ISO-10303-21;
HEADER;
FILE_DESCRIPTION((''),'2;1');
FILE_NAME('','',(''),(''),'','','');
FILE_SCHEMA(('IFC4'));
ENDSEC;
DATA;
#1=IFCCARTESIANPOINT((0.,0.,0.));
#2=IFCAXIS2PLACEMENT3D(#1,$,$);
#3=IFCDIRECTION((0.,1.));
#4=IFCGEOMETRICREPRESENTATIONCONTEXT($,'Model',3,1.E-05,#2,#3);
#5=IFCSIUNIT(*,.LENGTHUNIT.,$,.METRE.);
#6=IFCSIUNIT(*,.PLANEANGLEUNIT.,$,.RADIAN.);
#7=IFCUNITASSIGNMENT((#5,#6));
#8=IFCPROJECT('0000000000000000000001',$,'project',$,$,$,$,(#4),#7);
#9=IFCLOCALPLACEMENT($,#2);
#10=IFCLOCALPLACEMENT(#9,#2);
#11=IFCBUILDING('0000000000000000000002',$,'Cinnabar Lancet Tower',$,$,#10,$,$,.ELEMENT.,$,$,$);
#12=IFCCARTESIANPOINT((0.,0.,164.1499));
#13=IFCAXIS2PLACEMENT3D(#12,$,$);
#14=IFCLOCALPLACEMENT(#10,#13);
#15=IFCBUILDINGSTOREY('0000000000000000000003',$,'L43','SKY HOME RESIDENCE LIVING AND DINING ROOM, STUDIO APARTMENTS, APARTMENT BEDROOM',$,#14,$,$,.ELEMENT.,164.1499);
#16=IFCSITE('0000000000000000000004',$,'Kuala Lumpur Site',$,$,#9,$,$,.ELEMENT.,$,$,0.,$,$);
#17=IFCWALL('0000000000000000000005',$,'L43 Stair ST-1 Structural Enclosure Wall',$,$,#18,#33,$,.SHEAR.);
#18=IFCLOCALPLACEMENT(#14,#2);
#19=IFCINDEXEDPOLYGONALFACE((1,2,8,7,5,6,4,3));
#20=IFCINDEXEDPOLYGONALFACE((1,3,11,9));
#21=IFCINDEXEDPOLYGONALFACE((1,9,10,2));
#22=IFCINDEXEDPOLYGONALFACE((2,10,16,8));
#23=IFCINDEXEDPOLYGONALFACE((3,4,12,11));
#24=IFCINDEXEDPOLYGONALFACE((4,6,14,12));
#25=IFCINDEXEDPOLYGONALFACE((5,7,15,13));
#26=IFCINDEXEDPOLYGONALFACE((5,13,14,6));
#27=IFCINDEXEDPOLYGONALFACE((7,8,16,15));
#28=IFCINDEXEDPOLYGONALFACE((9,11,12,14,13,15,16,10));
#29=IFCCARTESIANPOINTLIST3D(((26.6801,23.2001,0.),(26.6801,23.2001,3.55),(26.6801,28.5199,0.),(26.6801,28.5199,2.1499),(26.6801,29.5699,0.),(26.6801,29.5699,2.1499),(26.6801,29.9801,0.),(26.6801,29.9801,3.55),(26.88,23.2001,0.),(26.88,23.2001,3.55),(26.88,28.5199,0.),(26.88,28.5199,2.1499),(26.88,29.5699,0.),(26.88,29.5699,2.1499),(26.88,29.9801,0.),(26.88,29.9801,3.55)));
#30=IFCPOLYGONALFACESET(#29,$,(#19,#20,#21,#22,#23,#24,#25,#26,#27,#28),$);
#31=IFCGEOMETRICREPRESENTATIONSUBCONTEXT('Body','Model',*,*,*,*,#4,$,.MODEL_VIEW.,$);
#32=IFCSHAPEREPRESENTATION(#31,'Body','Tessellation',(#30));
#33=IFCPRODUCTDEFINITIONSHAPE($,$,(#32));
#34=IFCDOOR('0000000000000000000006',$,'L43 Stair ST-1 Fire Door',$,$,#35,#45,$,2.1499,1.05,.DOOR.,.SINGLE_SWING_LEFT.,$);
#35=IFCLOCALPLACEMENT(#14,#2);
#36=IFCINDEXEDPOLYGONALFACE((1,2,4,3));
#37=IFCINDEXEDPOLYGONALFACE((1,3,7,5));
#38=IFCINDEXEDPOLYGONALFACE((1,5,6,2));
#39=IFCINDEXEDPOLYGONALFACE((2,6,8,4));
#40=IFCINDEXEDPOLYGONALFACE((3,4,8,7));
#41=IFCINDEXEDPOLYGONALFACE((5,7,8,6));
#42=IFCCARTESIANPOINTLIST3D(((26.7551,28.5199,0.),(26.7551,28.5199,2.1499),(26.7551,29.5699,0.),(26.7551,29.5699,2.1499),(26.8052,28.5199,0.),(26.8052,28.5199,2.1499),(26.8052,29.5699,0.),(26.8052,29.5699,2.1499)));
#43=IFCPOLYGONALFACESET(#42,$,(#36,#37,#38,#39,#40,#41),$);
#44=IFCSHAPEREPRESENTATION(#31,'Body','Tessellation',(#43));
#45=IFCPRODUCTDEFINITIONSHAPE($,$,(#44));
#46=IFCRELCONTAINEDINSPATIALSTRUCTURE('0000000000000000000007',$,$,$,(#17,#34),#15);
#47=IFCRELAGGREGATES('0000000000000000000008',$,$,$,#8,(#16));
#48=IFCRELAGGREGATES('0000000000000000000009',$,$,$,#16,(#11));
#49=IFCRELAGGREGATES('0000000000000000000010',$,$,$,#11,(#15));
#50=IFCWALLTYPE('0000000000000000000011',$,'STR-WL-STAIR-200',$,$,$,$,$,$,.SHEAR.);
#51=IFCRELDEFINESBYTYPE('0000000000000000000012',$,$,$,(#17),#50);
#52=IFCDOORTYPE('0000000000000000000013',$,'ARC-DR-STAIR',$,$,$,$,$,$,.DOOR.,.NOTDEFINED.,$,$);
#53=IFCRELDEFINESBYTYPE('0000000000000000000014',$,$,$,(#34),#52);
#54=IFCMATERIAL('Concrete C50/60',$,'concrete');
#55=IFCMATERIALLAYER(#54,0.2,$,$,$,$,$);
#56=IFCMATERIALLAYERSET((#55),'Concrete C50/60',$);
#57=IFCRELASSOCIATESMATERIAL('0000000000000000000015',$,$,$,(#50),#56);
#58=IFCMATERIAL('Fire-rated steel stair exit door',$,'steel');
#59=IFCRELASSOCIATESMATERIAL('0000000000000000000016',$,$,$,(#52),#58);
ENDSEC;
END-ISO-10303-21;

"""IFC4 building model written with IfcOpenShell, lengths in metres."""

from ifc_helpers import new_model, si_unit, direction, frame, frame_2d, origin, place, context, subcontext, project, spatial, rectangle, extrude, material, layer, layer_set, type_object, element, fill, save


model = new_model("IFC4")

# Units and contexts
model_context = context("Model", 3, precision=1e-05, world=origin(), true_north=direction((0.0, 1.0)))
body_context = subcontext(model_context, "Body", "Model", "MODEL_VIEW")
ifc_project = project(units=[si_unit("LENGTHUNIT", "METRE"), si_unit("PLANEANGLEUNIT", "RADIAN")], contexts=[model_context])

# Site, building, storey
site_placement = place(None, origin())
site = spatial("IfcSite", under=ifc_project, at=site_placement, Name="Kuala Lumpur Site", CompositionType="ELEMENT", RefElevation=0.0)
building_placement = place(site_placement, origin())
building = spatial("IfcBuilding", under=site, at=building_placement, Name="Cinnabar Lancet Tower", CompositionType="ELEMENT")
storey_placement = place(building_placement, frame((0.0, 0.0, 164.1499)))
storey = spatial("IfcBuildingStorey", under=building, at=storey_placement, Name="L43", Description="SKY HOME RESIDENCE LIVING AND DINING ROOM, STUDIO APARTMENTS, APARTMENT BEDROOM", CompositionType="ELEMENT", Elevation=164.1499)

# Wall, opening, door
ifc_material_1 = material(Name="Concrete C50/60", Category="concrete")
ifc_layer_1 = layer(ifc_material_1, 0.2)
ifc_layer_set_1 = layer_set([ifc_layer_1], Name="Concrete C50/60")
wall_type_1 = type_object("IfcWallType", Name="STR-WL-STAIR-200", PredefinedType="SHEAR", material=ifc_layer_set_1)
wall_1_placement = place(storey_placement, frame((26.78, 23.2, 0.0), z_axis=(0.0, 0.0, 1.0), x_axis=(0.0, 1.0, 0.0)))
wall_1 = element("IfcWall", 1, at=wall_1_placement, inside=storey, type_object=wall_type_1, Name="L43 Stair ST-1 Structural Enclosure Wall", PredefinedType="SHEAR", context=body_context, shape_type="SweptSolid", body=[
    extrude(rectangle(XDim=6.78, YDim=0.2, at=frame_2d((3.3901, 0.0))), origin(), (0.0, 0.0, 1.0), 3.55),
])
opening_1_placement = place(wall_1_placement, frame((5.3201, 0.0, 0.0)))
opening_1 = element("IfcOpeningElement", 2, at=opening_1_placement, cuts=wall_1, PredefinedType="OPENING", context=body_context, shape_type="SweptSolid", body=[
    extrude(rectangle(XDim=1.05, YDim=2.1499, at=frame_2d((0.5249, 1.075))), frame((0.0, 0.1099, 0.0), z_axis=(0.0, -1.0, 0.0), x_axis=(1.0, 0.0, 0.0)), (0.0, 0.0, 1.0), 0.22),
])
ifc_material_2 = material(Name="Fire-rated steel stair exit door", Category="steel")
door_type_1 = type_object("IfcDoorType", Name="ARC-DR-STAIR", OperationType="NOTDEFINED", PredefinedType="DOOR", material=ifc_material_2)
door_1_placement = place(opening_1_placement, origin())
door_1 = element("IfcDoor", 3, at=door_1_placement, inside=storey, type_object=door_type_1, Name="L43 Stair ST-1 Fire Door", OperationType="SINGLE_SWING_LEFT", OverallHeight=2.1499, OverallWidth=1.05, PredefinedType="DOOR", context=body_context, shape_type="SweptSolid", body=[
    extrude(rectangle(XDim=1.05, YDim=2.1499, at=frame_2d((0.5249, 1.075))), frame((0.0, 0.0249, 0.0), z_axis=(0.0, -1.0, 0.0), x_axis=(1.0, 0.0, 0.0)), (0.0, 0.0, 1.0), 0.05),
])
fill(opening_1, door_1)

save(model, "model.ifc")
